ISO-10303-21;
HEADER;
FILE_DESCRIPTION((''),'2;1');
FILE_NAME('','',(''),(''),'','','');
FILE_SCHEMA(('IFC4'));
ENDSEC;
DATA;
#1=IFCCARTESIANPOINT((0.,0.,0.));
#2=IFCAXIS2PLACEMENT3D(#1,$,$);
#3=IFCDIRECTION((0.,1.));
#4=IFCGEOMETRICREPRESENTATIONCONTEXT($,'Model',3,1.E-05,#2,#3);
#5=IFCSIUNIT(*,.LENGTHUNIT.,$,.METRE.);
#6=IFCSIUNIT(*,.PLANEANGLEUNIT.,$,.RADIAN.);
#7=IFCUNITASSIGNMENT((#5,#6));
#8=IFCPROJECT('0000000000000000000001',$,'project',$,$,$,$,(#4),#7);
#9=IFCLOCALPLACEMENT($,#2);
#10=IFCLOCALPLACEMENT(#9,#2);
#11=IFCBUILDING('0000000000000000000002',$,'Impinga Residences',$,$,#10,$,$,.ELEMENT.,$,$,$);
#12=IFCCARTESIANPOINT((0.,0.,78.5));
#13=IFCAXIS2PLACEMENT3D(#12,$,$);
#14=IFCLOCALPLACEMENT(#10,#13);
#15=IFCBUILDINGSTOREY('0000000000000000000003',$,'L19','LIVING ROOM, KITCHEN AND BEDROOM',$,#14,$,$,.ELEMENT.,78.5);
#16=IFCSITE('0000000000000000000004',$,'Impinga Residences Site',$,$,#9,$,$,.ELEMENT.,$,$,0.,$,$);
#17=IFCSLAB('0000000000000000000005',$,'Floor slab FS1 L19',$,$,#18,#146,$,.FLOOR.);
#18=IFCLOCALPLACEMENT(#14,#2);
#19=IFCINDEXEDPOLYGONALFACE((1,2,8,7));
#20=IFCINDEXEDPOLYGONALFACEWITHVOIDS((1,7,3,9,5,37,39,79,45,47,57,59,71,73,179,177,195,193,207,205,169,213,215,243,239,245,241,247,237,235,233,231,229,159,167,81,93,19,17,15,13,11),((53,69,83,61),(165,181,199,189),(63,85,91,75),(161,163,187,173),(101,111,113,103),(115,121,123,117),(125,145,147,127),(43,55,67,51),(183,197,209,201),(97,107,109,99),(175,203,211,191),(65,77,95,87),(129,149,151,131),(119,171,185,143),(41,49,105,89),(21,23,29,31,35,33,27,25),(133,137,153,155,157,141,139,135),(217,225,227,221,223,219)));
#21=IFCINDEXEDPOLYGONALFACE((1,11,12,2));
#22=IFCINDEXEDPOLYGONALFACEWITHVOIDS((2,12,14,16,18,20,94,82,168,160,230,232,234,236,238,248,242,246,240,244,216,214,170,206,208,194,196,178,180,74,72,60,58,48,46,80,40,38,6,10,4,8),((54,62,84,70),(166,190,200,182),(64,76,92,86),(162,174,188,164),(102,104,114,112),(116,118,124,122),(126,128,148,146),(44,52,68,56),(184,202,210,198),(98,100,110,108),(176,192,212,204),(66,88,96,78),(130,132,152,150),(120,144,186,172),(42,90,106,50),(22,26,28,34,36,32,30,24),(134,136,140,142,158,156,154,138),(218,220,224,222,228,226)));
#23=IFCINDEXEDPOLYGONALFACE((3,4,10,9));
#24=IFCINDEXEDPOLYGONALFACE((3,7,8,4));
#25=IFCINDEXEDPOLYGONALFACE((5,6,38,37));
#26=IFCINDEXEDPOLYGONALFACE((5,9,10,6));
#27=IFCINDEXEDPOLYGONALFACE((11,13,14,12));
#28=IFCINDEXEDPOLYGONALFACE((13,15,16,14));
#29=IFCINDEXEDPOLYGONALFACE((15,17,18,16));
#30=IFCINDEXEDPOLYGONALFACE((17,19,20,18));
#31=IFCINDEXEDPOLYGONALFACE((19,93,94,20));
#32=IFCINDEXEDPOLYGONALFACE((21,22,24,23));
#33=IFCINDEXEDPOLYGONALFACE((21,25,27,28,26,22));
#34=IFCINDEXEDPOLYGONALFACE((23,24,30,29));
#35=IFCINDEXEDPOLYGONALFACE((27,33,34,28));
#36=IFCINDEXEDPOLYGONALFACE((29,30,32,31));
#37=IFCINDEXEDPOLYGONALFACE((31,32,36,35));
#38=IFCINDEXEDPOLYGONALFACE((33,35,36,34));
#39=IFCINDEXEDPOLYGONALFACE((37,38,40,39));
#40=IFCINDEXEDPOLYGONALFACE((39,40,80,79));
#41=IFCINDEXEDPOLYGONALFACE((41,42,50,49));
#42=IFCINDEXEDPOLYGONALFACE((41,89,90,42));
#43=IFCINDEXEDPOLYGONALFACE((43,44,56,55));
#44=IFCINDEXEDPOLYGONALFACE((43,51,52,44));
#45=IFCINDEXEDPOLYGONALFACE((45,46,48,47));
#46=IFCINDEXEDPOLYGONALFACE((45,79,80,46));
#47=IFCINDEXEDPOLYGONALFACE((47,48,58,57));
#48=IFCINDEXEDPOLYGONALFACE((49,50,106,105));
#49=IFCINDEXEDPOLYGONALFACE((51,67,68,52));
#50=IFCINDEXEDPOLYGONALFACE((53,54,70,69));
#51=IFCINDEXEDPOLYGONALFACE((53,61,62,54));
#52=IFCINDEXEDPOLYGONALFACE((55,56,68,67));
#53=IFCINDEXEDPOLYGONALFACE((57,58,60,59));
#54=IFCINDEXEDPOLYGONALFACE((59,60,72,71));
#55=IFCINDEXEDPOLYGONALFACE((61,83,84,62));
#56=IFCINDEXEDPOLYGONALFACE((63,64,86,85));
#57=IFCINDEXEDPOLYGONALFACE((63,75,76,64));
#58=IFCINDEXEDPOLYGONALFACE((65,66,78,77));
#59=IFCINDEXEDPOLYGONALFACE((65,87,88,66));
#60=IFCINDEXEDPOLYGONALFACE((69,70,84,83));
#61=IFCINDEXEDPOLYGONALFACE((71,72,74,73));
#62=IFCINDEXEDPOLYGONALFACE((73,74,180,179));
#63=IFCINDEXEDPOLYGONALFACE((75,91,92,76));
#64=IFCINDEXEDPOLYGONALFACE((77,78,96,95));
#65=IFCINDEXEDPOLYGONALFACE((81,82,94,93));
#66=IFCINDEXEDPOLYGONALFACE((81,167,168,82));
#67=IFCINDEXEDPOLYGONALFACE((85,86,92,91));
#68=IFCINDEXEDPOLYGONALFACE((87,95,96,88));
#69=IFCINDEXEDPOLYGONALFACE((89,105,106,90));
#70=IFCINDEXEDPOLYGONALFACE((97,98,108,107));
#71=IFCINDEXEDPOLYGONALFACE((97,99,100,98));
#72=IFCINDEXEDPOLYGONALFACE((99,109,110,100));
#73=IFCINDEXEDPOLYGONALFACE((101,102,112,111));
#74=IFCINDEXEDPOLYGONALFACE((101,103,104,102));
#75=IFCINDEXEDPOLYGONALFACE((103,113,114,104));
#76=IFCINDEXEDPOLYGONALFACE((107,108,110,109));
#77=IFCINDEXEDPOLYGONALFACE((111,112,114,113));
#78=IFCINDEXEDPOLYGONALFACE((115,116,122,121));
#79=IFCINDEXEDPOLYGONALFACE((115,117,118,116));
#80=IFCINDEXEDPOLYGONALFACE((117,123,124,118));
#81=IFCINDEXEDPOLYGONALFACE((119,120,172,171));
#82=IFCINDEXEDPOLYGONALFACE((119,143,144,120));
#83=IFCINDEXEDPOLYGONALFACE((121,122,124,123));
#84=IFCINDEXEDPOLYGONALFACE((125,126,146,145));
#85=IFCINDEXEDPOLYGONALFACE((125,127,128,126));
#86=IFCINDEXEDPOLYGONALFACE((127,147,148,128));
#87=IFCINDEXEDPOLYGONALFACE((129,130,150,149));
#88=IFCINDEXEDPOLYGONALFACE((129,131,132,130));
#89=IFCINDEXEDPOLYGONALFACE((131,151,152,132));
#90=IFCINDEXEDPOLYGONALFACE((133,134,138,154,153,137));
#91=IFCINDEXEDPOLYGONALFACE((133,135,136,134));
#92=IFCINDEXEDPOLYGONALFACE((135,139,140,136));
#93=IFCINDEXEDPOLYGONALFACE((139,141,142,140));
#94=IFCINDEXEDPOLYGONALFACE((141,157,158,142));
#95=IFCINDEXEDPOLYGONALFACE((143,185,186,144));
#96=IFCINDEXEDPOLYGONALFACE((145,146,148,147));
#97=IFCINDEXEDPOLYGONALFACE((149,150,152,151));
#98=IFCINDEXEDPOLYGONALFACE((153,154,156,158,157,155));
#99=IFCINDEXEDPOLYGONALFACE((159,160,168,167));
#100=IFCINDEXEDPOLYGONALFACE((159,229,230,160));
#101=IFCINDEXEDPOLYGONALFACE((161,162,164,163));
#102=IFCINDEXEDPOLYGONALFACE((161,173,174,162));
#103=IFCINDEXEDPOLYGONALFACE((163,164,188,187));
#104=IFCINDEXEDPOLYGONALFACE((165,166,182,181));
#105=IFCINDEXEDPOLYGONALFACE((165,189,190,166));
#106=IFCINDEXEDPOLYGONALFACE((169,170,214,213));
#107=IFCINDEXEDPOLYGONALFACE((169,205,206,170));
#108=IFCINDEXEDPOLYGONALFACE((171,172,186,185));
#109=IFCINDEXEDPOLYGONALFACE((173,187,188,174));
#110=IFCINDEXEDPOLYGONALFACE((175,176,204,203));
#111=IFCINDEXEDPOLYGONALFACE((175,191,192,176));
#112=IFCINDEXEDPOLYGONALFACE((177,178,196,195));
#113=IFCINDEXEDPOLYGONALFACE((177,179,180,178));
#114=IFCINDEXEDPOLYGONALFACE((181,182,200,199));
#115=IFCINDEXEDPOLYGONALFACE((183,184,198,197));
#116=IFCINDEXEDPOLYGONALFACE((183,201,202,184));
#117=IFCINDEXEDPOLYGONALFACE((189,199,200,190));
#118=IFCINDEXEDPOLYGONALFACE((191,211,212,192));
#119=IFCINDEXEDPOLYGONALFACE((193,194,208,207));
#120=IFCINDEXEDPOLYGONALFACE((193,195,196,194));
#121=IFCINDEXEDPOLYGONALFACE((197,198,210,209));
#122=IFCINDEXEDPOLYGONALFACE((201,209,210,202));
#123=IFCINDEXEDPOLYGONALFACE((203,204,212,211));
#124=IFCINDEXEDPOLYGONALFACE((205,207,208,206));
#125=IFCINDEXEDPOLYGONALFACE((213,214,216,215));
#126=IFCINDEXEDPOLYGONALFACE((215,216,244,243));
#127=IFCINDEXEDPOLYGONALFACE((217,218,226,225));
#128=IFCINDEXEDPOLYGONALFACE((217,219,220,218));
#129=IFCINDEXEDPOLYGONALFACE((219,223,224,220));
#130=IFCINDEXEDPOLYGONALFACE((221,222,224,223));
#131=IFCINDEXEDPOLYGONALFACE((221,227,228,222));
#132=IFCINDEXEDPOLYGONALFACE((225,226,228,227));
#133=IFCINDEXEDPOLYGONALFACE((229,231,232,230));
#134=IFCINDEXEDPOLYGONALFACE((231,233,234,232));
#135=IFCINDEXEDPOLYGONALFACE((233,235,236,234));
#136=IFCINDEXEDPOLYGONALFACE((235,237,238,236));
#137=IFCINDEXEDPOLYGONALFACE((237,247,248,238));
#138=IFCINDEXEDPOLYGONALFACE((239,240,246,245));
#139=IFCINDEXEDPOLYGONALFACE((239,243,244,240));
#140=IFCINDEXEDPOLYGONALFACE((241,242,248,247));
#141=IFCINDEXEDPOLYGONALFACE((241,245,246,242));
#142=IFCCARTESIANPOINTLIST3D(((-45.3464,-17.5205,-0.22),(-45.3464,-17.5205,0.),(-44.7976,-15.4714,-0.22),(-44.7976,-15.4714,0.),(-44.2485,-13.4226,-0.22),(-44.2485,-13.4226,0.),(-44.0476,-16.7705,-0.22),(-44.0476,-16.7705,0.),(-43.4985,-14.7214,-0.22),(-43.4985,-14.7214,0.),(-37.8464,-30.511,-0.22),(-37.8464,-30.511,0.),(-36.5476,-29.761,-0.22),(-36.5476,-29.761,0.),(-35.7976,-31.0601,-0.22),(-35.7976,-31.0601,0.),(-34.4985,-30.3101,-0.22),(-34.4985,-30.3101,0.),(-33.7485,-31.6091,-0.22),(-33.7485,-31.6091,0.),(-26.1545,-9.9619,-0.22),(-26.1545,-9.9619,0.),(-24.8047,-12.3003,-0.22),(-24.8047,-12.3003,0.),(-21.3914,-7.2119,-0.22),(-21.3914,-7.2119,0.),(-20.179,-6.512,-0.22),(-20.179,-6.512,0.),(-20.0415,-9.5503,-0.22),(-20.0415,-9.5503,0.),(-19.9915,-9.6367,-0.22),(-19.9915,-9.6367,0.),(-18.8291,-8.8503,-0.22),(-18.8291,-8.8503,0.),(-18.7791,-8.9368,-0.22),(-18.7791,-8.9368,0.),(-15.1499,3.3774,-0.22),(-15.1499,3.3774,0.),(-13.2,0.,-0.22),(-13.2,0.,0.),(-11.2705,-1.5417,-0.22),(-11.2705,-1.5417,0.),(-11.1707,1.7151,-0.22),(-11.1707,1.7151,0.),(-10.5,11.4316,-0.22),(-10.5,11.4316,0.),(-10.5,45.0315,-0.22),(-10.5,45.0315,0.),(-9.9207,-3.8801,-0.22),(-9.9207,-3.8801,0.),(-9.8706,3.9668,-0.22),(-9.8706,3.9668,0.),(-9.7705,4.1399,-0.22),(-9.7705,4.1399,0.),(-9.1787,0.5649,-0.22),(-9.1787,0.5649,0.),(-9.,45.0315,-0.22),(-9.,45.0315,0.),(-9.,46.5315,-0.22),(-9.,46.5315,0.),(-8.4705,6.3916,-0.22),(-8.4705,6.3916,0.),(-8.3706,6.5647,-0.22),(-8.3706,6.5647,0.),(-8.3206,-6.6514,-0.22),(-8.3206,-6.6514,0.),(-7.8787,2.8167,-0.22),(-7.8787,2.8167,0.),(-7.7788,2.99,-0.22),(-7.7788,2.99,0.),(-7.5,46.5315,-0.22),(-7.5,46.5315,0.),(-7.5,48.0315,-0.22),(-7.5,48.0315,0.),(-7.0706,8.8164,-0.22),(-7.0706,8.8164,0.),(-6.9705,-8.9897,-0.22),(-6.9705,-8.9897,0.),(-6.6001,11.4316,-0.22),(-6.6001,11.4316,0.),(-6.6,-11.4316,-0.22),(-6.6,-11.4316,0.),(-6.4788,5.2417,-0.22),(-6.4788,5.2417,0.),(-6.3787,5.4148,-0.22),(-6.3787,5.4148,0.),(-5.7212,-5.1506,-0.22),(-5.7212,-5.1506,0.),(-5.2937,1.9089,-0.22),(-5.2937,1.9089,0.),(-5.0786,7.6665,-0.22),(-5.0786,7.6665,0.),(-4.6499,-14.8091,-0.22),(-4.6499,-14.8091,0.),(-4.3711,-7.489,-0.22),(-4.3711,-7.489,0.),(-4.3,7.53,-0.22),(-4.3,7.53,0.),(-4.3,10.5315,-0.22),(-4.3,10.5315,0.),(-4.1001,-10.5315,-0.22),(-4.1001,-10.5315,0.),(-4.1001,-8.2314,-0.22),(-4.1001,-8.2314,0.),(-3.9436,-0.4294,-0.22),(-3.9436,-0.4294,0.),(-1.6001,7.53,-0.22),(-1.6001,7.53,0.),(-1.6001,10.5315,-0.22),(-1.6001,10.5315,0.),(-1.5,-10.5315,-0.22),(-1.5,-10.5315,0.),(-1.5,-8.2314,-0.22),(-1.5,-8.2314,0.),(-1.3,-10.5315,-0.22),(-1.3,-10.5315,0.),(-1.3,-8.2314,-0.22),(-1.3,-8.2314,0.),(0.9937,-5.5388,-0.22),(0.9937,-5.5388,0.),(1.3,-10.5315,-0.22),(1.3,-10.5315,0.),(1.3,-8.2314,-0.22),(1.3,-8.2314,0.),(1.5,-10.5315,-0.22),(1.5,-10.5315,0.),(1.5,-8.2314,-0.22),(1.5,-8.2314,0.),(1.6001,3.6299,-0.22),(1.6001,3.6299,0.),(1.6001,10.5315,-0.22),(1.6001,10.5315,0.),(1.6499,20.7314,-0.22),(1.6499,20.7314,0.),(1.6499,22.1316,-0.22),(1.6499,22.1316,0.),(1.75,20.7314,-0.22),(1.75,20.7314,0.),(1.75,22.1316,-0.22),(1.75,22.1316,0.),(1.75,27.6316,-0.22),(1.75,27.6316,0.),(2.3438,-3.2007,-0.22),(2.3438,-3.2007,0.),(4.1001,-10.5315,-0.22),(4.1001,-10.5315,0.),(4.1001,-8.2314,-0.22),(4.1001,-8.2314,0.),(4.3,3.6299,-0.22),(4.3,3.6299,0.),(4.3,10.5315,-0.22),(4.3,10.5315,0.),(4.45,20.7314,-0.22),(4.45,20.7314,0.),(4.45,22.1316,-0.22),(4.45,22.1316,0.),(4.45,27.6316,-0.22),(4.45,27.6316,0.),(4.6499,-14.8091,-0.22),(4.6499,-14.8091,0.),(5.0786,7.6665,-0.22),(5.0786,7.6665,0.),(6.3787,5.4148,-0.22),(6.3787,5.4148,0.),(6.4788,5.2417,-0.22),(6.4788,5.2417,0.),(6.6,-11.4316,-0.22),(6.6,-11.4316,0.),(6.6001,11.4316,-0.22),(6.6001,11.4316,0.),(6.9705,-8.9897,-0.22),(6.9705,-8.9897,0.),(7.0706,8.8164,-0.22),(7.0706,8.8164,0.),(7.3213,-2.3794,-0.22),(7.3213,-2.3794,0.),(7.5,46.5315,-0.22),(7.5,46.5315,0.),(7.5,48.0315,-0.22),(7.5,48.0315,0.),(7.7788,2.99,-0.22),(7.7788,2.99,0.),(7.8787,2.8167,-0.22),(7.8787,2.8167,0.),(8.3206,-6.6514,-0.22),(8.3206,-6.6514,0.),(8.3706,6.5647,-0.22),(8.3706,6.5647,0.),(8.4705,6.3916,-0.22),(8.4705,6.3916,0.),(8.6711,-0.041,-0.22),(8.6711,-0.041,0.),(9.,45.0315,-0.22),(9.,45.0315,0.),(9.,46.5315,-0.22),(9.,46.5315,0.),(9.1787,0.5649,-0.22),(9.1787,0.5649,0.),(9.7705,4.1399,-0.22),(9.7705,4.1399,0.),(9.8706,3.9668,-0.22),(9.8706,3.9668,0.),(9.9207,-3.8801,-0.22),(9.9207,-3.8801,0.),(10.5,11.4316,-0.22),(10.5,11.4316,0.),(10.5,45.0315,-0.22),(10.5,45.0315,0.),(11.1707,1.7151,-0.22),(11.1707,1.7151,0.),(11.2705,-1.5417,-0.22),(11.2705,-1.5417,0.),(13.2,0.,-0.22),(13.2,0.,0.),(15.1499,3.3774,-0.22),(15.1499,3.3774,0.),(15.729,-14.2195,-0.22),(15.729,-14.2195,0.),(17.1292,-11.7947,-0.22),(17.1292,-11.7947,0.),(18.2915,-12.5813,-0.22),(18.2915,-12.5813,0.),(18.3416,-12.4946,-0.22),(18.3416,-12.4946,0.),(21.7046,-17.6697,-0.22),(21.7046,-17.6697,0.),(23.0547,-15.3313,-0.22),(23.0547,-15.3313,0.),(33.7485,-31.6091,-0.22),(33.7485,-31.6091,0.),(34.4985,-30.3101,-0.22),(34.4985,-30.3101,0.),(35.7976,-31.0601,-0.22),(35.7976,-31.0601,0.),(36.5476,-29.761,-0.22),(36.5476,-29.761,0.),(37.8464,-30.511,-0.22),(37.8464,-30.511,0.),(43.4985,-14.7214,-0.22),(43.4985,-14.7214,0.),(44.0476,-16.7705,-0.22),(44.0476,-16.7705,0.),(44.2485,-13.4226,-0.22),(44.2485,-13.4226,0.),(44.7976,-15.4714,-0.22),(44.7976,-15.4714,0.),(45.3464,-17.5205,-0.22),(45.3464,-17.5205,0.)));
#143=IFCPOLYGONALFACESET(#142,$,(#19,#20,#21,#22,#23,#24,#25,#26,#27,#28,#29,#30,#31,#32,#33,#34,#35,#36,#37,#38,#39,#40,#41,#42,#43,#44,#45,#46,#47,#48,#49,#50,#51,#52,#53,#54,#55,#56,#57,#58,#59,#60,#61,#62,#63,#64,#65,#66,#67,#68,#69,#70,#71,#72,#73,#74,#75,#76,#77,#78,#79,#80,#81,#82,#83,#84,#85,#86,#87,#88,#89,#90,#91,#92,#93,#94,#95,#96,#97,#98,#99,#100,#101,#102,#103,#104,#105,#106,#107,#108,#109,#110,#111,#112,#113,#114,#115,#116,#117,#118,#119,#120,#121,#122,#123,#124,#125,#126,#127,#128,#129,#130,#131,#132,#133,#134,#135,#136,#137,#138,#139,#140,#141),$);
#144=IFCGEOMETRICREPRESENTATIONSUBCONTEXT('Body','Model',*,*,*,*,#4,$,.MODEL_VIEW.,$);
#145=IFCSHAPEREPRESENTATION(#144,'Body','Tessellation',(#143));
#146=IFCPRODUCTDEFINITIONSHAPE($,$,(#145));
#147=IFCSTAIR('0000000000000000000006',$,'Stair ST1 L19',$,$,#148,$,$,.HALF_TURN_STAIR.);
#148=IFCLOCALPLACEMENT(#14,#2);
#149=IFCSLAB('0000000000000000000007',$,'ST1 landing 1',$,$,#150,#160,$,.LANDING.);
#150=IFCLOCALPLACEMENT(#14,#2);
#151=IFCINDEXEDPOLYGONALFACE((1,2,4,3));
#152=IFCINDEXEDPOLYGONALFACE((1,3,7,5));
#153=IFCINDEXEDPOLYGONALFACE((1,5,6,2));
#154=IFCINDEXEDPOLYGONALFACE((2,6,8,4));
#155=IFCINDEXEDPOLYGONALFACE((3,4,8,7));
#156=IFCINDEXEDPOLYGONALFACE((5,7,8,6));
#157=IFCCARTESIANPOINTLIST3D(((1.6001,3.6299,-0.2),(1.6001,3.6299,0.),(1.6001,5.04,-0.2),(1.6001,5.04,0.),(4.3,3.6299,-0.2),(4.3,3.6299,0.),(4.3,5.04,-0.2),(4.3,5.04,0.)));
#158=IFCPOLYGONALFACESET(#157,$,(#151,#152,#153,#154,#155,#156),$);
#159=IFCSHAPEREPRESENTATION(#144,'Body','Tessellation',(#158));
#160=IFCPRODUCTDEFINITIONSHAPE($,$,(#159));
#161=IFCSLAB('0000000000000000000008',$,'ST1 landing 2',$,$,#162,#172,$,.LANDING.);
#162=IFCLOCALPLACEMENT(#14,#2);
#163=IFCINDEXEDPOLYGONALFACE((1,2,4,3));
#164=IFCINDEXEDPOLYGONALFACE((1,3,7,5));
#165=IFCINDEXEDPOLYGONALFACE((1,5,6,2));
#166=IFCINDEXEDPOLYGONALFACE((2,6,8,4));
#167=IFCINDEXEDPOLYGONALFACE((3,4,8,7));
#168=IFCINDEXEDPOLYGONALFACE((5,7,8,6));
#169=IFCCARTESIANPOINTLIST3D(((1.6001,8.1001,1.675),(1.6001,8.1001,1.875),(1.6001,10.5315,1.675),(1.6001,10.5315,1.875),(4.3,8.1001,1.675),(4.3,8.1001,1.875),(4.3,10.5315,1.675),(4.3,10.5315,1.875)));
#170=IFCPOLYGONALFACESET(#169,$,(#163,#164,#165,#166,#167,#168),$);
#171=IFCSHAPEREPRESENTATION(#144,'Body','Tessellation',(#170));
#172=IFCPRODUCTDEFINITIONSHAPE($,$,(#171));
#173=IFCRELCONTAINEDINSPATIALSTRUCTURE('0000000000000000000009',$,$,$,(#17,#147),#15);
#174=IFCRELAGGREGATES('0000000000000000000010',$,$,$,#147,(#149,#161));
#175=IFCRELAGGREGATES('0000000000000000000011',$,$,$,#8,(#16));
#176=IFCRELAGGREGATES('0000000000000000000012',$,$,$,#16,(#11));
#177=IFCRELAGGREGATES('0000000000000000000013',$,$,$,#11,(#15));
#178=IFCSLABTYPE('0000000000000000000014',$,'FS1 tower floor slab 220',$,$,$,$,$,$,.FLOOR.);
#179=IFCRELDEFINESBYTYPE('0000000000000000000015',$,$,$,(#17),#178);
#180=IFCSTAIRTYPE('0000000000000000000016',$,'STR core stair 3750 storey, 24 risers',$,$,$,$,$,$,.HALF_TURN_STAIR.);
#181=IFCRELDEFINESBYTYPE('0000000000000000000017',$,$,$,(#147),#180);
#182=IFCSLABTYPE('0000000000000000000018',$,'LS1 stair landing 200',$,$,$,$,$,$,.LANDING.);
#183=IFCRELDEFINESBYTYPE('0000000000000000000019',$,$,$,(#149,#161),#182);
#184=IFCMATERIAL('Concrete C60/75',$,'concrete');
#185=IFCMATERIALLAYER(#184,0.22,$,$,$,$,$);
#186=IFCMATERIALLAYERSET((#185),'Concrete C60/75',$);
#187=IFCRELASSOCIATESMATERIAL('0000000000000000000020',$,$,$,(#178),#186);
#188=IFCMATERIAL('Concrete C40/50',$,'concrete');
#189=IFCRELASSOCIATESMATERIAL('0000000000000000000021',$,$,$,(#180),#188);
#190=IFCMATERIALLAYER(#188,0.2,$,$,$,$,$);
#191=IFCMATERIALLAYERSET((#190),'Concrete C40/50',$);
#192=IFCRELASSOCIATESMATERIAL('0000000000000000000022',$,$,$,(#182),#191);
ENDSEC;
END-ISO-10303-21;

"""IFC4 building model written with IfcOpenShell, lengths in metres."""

from ifc_helpers import new_model, si_unit, direction, frame, origin, place, context, subcontext, project, spatial, polyline, outline, extrude, material, layer, layer_set, type_object, element, aggregate, save


model = new_model("IFC4")

# Units and contexts
model_context = context("Model", 3, precision=1e-05, world=origin(), true_north=direction((0.0, 1.0)))
body_context = subcontext(model_context, "Body", "Model", "MODEL_VIEW")
ifc_project = project(units=[si_unit("LENGTHUNIT", "METRE"), si_unit("PLANEANGLEUNIT", "RADIAN")], contexts=[model_context])

# Site, building, storey
site_placement = place(None, origin())
site = spatial("IfcSite", under=ifc_project, at=site_placement, Name="Impinga Residences Site", CompositionType="ELEMENT", RefElevation=0.0)
building_placement = place(site_placement, origin())
building = spatial("IfcBuilding", under=site, at=building_placement, Name="Impinga Residences", CompositionType="ELEMENT")
storey_placement = place(building_placement, frame((0.0, 0.0, 78.5)))
storey = spatial("IfcBuildingStorey", under=building, at=storey_placement, Name="L19", Description="LIVING ROOM, KITCHEN AND BEDROOM", CompositionType="ELEMENT", Elevation=78.5)

# Slab
ifc_material_1 = material(Name="Concrete C60/75", Category="concrete")
ifc_layer_1 = layer(ifc_material_1, 0.22)
ifc_layer_set_1 = layer_set([ifc_layer_1], Name="Concrete C60/75")
slab_type_1 = type_object("IfcSlabType", Name="FS1 tower floor slab 220", PredefinedType="FLOOR", material=ifc_layer_set_1)
slab_1_placement = place(storey_placement, frame((0.0, 0.0, -0.22)))
element("IfcSlab", 1, at=slab_1_placement, inside=storey, type_object=slab_type_1, Name="Floor slab FS1 L19", PredefinedType="FLOOR", context=body_context, shape_type="SweptSolid", body=[
    extrude(outline(polyline([(-34.4985, -30.3101), (-35.7976, -31.0601), (-36.5476, -29.761), (-37.8464, -30.511), (-45.3464, -17.5205), (-44.0476, -16.7705), (-44.7976, -15.4714), (-43.4985, -14.7214), (-44.2485, -13.4226), (-15.1499, 3.3774), (-13.2, 0.0), (-6.6001, 11.4316), (-10.5, 11.4316), (-10.5, 45.0315), (-9.0, 45.0315), (-9.0, 46.5315), (-7.5, 46.5315), (-7.5, 48.0315), (7.5, 48.0315), (7.5, 46.5315), (9.0, 46.5315), (9.0, 45.0315), (10.5, 45.0315), (10.5, 11.4316), (6.6001, 11.4316), (13.2, 0.0), (15.1499, 3.3774), (44.2485, -13.4226), (43.4985, -14.7214), (44.7976, -15.4714), (44.0476, -16.7705), (45.3464, -17.5205), (37.8464, -30.511), (36.5476, -29.761), (35.7976, -31.0601), (34.4985, -30.3101), (33.7485, -31.6091), (4.6499, -14.8091), (9.9001, -5.7158), (6.6001, -11.4316), (-6.6001, -11.4316), (-9.9001, -5.7158), (-4.6499, -14.8091), (-33.7485, -31.6091), (-34.4985, -30.3101)]), holes=[polyline([(-21.3914, -7.2119), (-26.1545, -9.9619), (-24.8047, -12.3003), (-20.0415, -9.5503), (-19.9915, -9.6367), (-18.7791, -8.9368), (-18.8291, -8.8503), (-18.8291, -8.8503), (-20.179, -6.512), (-21.3914, -7.2119), (-21.3914, -7.2119)]), polyline([(-1.5, -8.2314), (-4.1001, -8.2314), (-4.1001, -10.5315), (-1.5, -10.5315), (-1.5, -8.2314)]), polyline([(1.3, -8.2314), (-1.3, -8.2314), (-1.3, -10.5315), (1.3, -10.5315), (1.3, -8.2314)]), polyline([(1.5, -8.2314), (1.5, -10.5315), (4.1001, -10.5315), (4.1001, -8.2314), (1.5, -8.2314)]), polyline([(-5.7212, -5.1506), (-8.3206, -6.6514), (-6.9705, -8.9897), (-4.3711, -7.489), (-5.7212, -5.1506)]), polyline([(-3.9436, -0.4294), (-5.2937, 1.9089), (-11.2705, -1.5417), (-9.9207, -3.8801), (-3.9436, -0.4294)]), polyline([(-9.1787, 0.5649), (-7.8787, 2.8167), (-9.8706, 3.9668), (-11.1707, 1.7151), (-9.1787, 0.5649)]), polyline([(-6.4788, 5.2417), (-8.4705, 6.3916), (-9.7705, 4.1399), (-7.7788, 2.99), (-6.4788, 5.2417)]), polyline([(-6.3787, 5.4148), (-5.0786, 7.6665), (-7.0706, 8.8164), (-8.3706, 6.5647), (-6.3787, 5.4148)]), polyline([(-4.3, 7.53), (-1.6001, 7.53), (-1.6001, 10.5315), (-4.3, 10.5315), (-4.3, 7.53)]), polyline([(15.729, -14.2195), (21.7046, -17.6697), (23.0547, -15.3313), (18.2915, -12.5813), (18.3416, -12.4946), (17.1292, -11.7947), (15.729, -14.2195)]), polyline([(0.9937, -5.5388), (6.9705, -8.9897), (8.3206, -6.6514), (2.3438, -3.2007), (0.9937, -5.5388)]), polyline([(8.6711, -0.041), (7.3213, -2.3794), (9.9207, -3.8801), (11.2705, -1.5417), (8.6711, -0.041)]), polyline([(7.8787, 2.8167), (9.1787, 0.5649), (11.1707, 1.7151), (9.8706, 3.9668), (7.8787, 2.8167)]), polyline([(7.7788, 2.99), (9.7705, 4.1399), (8.4705, 6.3916), (6.4788, 5.2417), (7.7788, 2.99)]), polyline([(1.6001, 3.6299), (4.3, 3.6299), (4.3, 10.5315), (1.6001, 10.5315), (1.6001, 3.6299)]), polyline([(5.0786, 7.6665), (6.3787, 5.4148), (8.3706, 6.5647), (7.0706, 8.8164), (5.0786, 7.6665)]), polyline([(1.75, 22.1316), (1.6499, 22.1316), (1.6499, 20.7314), (1.75, 20.7314), (4.45, 20.7314), (4.45, 22.1316), (4.45, 27.6316), (1.75, 27.6316), (1.75, 22.1316)])]), origin(), (0.0, 0.0, 1.0), 0.22),
])

# Stair, slabs
ifc_material_2 = material(Name="Concrete C40/50", Category="concrete")
stair_type = type_object("IfcStairType", Name="STR core stair 3750 storey, 24 risers", PredefinedType="HALF_TURN_STAIR", material=ifc_material_2)
stair_1_placement = place(storey_placement, origin())
stair_1 = element("IfcStair", 2, at=stair_1_placement, inside=storey, type_object=stair_type, Name="Stair ST1 L19", PredefinedType="HALF_TURN_STAIR")
ifc_layer_2 = layer(ifc_material_2, 0.2)
ifc_layer_set_2 = layer_set([ifc_layer_2], Name="Concrete C40/50")
slab_type_2 = type_object("IfcSlabType", Name="LS1 stair landing 200", PredefinedType="LANDING", material=ifc_layer_set_2)
slab_2_placement = place(storey_placement, frame((0.0, 0.0, -0.2)))
slab_2 = element("IfcSlab", 3, at=slab_2_placement, type_object=slab_type_2, Name="ST1 landing 1", PredefinedType="LANDING", context=body_context, shape_type="SweptSolid", body=[
    extrude(outline(polyline([(1.6001, 3.6299), (4.3, 3.6299), (4.3, 5.04), (1.6001, 5.04), (1.6001, 3.6299)])), origin(), (0.0, 0.0, 1.0), 0.2),
])
slab_3_placement = place(storey_placement, frame((0.0, 0.0, 1.675)))
slab_3 = element("IfcSlab", 4, at=slab_3_placement, type_object=slab_type_2, Name="ST1 landing 2", PredefinedType="LANDING", context=body_context, shape_type="SweptSolid", body=[
    extrude(outline(polyline([(1.6001, 8.1001), (4.3, 8.1001), (4.3, 10.5315), (1.6001, 10.5315), (1.6001, 8.1001)])), origin(), (0.0, 0.0, 1.0), 0.2),
])
aggregate(stair_1, [slab_2, slab_3])

save(model, "model.ifc")
